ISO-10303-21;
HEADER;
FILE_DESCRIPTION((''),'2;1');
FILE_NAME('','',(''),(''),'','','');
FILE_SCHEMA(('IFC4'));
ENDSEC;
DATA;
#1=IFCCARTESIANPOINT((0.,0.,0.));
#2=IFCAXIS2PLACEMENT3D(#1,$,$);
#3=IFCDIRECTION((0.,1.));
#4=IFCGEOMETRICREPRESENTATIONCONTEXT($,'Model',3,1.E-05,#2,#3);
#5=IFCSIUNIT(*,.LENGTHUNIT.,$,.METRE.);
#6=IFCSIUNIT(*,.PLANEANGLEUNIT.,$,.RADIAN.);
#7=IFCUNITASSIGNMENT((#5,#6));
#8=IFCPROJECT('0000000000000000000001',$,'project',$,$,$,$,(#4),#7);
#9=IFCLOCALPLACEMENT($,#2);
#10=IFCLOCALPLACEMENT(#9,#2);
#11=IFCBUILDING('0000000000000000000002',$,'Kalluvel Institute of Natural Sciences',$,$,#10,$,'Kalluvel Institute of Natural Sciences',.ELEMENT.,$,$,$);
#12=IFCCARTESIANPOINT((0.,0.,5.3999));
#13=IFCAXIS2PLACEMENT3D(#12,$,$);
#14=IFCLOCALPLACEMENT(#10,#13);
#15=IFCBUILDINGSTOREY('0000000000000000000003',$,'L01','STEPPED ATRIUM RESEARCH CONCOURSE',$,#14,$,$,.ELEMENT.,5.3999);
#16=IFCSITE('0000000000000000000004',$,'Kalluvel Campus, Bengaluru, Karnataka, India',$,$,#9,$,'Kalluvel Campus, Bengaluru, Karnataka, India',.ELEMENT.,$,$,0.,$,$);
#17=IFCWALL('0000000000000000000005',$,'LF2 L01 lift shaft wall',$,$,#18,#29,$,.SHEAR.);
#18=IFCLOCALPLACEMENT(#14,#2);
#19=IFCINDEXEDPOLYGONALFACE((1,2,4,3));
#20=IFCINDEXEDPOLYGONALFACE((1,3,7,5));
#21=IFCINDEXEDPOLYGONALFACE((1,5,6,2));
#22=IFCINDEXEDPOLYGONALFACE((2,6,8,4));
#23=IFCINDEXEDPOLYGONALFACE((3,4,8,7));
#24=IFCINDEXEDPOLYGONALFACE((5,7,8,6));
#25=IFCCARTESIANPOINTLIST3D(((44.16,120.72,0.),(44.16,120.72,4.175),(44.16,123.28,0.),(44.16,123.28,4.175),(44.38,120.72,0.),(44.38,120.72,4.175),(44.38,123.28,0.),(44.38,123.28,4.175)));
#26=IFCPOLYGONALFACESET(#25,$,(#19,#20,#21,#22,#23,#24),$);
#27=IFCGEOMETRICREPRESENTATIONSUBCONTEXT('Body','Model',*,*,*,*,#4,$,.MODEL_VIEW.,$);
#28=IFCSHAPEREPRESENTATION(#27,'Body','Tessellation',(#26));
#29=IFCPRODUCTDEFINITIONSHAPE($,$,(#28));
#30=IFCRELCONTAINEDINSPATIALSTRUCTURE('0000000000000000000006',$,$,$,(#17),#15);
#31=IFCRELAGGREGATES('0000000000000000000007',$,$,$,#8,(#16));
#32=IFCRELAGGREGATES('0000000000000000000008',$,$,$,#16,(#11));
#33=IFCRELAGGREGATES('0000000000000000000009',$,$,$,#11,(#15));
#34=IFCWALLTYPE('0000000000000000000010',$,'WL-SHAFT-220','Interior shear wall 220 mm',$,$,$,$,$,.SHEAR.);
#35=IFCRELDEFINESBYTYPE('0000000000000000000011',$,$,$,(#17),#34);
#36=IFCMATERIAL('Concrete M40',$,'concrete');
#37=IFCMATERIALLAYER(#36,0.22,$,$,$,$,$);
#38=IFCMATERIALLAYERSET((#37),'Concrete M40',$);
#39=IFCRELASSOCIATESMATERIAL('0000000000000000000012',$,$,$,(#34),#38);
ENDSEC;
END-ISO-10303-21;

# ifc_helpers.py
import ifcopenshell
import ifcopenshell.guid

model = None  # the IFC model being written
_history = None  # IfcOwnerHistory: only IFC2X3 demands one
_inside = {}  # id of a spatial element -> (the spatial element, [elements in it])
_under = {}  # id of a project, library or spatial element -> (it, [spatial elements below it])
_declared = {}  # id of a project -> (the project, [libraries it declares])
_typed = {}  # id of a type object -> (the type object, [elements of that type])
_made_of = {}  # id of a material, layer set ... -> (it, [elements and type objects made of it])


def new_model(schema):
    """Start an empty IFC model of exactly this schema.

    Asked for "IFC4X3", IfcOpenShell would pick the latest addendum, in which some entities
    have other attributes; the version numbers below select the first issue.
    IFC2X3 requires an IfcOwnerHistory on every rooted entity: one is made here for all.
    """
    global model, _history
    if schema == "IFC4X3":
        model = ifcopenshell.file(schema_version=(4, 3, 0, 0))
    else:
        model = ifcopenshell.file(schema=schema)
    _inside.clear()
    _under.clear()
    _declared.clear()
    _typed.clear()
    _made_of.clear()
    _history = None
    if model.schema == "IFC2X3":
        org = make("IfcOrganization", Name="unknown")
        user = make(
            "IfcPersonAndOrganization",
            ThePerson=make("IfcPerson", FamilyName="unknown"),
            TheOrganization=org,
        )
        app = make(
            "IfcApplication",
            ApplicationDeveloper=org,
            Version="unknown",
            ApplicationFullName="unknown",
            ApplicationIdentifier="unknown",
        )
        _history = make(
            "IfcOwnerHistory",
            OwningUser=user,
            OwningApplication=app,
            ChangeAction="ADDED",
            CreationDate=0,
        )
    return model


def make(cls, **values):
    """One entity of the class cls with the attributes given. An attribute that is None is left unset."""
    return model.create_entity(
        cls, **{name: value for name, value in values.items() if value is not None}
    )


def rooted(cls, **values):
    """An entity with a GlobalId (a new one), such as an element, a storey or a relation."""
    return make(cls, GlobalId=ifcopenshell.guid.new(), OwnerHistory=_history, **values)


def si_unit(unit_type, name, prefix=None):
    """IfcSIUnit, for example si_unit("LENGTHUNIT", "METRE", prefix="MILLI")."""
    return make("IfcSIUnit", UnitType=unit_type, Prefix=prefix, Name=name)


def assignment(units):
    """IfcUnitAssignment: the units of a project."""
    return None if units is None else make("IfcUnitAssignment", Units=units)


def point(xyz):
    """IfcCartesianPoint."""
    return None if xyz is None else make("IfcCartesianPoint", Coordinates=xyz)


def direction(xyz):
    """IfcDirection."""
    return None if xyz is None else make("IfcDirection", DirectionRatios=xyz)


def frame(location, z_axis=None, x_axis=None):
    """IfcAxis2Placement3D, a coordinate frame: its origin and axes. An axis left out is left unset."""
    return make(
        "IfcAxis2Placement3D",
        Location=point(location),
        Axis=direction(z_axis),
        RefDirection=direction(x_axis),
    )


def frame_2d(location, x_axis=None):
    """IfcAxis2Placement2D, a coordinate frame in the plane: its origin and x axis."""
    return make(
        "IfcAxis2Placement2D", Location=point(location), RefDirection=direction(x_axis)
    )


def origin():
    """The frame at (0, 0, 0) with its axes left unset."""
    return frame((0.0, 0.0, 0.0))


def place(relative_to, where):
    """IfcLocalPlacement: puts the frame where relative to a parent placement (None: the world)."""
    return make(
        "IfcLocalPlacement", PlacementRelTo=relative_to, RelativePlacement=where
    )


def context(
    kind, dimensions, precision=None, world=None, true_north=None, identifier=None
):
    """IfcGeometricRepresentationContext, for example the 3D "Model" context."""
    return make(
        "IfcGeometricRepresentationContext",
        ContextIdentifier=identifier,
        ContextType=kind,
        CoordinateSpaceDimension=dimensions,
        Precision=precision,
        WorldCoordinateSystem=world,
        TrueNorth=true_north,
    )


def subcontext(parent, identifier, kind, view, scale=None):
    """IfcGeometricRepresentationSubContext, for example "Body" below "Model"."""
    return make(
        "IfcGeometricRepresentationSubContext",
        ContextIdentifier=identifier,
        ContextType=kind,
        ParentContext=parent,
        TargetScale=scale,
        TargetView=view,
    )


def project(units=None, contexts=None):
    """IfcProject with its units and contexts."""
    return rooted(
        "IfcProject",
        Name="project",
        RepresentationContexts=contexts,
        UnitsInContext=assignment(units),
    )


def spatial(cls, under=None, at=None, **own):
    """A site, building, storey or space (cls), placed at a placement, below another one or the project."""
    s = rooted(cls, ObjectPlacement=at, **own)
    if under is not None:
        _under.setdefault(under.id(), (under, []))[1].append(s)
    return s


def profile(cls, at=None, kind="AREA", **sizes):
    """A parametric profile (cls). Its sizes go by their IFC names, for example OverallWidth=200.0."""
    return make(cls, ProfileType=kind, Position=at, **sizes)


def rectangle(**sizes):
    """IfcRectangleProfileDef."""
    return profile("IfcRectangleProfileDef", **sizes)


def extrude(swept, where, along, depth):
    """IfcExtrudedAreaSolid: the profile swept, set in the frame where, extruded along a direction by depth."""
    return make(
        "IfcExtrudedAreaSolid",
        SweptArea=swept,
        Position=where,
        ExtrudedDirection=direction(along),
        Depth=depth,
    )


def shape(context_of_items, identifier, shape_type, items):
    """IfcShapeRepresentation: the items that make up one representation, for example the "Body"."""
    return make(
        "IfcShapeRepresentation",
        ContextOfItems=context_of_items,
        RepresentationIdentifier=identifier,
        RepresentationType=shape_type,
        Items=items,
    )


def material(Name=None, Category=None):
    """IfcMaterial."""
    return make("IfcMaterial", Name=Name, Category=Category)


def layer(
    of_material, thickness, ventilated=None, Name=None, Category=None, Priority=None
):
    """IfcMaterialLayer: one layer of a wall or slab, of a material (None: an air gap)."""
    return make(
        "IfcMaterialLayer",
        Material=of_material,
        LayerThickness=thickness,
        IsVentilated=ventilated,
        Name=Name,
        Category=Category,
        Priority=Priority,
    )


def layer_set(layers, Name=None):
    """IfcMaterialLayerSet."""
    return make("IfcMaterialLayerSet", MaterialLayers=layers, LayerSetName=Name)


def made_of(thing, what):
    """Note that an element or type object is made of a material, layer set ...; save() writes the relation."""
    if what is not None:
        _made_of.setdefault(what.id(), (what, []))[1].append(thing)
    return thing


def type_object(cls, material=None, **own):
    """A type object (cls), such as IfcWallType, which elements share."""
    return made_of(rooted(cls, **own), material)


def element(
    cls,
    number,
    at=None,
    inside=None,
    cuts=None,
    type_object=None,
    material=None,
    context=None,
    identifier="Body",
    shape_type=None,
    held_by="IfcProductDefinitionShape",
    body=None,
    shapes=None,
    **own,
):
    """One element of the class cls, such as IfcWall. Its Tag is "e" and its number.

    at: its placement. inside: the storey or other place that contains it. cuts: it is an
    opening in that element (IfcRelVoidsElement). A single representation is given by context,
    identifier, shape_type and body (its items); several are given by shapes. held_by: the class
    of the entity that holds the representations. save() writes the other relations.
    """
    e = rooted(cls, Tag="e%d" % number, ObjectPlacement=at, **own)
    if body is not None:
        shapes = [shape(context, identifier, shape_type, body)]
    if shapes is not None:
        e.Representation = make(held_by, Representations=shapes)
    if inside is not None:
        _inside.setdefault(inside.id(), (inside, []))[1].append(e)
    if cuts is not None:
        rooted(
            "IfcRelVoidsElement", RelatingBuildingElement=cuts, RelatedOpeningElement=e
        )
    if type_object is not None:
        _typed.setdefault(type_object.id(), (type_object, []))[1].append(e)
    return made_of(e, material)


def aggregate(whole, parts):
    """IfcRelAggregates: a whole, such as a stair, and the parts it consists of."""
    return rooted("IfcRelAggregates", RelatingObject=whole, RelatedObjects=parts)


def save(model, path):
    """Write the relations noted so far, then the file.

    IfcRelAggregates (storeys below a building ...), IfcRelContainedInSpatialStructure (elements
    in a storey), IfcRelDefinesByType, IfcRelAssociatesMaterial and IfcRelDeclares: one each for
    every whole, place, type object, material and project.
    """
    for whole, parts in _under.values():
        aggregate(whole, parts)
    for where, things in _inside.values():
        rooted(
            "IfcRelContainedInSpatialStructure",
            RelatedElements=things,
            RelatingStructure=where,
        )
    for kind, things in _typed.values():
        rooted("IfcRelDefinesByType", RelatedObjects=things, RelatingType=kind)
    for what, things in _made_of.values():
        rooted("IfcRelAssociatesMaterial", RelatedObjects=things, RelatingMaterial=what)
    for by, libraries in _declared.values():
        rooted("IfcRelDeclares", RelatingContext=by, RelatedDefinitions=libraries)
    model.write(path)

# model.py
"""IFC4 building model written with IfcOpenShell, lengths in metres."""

from ifc_helpers import new_model, si_unit, direction, frame, frame_2d, origin, place, context, subcontext, project, spatial, rectangle, extrude, material, layer, layer_set, type_object, element, save


model = new_model("IFC4")

# Units and contexts
model_context = context("Model", 3, precision=1e-05, world=origin(), true_north=direction((0.0, 1.0)))
body_context = subcontext(model_context, "Body", "Model", "MODEL_VIEW")
ifc_project = project(units=[si_unit("LENGTHUNIT", "METRE"), si_unit("PLANEANGLEUNIT", "RADIAN")], contexts=[model_context])

# Site, building, storey
site_placement = place(None, origin())
site = spatial("IfcSite", under=ifc_project, at=site_placement, Name="Kalluvel Campus, Bengaluru, Karnataka, India", LongName="Kalluvel Campus, Bengaluru, Karnataka, India", CompositionType="ELEMENT", RefElevation=0.0)
building_placement = place(site_placement, origin())
building = spatial("IfcBuilding", under=site, at=building_placement, Name="Kalluvel Institute of Natural Sciences", LongName="Kalluvel Institute of Natural Sciences", CompositionType="ELEMENT")
storey_placement = place(building_placement, frame((0.0, 0.0, 5.3999)))
storey = spatial("IfcBuildingStorey", under=building, at=storey_placement, Name="L01", Description="STEPPED ATRIUM RESEARCH CONCOURSE", CompositionType="ELEMENT", Elevation=5.3999)

# Shared definitions
ifc_material_1 = material(Name="Concrete M40", Category="concrete")

# Shared definitions
ifc_layer_1 = layer(ifc_material_1, 0.22)
ifc_layer_set_1 = layer_set([ifc_layer_1], Name="Concrete M40")
wall_type = type_object("IfcWallType", Name="WL-SHAFT-220", Description="Interior shear wall 220 mm", PredefinedType="SHEAR", material=ifc_layer_set_1)

# Wall
wall_1_placement = place(storey_placement, frame((44.27, 123.28, 0.0), z_axis=(0.0, 0.0, 1.0), x_axis=(0.0, -1.0, 0.0)))
element("IfcWall", 1, at=wall_1_placement, inside=storey, type_object=wall_type, Name="LF2 L01 lift shaft wall", PredefinedType="SHEAR", context=body_context, shape_type="SweptSolid", body=[
    extrude(rectangle(XDim=2.5601, YDim=0.22, at=frame_2d((1.28, 0.0))), origin(), (0.0, 0.0, 1.0), 4.175),
])

save(model, "model.ifc")
